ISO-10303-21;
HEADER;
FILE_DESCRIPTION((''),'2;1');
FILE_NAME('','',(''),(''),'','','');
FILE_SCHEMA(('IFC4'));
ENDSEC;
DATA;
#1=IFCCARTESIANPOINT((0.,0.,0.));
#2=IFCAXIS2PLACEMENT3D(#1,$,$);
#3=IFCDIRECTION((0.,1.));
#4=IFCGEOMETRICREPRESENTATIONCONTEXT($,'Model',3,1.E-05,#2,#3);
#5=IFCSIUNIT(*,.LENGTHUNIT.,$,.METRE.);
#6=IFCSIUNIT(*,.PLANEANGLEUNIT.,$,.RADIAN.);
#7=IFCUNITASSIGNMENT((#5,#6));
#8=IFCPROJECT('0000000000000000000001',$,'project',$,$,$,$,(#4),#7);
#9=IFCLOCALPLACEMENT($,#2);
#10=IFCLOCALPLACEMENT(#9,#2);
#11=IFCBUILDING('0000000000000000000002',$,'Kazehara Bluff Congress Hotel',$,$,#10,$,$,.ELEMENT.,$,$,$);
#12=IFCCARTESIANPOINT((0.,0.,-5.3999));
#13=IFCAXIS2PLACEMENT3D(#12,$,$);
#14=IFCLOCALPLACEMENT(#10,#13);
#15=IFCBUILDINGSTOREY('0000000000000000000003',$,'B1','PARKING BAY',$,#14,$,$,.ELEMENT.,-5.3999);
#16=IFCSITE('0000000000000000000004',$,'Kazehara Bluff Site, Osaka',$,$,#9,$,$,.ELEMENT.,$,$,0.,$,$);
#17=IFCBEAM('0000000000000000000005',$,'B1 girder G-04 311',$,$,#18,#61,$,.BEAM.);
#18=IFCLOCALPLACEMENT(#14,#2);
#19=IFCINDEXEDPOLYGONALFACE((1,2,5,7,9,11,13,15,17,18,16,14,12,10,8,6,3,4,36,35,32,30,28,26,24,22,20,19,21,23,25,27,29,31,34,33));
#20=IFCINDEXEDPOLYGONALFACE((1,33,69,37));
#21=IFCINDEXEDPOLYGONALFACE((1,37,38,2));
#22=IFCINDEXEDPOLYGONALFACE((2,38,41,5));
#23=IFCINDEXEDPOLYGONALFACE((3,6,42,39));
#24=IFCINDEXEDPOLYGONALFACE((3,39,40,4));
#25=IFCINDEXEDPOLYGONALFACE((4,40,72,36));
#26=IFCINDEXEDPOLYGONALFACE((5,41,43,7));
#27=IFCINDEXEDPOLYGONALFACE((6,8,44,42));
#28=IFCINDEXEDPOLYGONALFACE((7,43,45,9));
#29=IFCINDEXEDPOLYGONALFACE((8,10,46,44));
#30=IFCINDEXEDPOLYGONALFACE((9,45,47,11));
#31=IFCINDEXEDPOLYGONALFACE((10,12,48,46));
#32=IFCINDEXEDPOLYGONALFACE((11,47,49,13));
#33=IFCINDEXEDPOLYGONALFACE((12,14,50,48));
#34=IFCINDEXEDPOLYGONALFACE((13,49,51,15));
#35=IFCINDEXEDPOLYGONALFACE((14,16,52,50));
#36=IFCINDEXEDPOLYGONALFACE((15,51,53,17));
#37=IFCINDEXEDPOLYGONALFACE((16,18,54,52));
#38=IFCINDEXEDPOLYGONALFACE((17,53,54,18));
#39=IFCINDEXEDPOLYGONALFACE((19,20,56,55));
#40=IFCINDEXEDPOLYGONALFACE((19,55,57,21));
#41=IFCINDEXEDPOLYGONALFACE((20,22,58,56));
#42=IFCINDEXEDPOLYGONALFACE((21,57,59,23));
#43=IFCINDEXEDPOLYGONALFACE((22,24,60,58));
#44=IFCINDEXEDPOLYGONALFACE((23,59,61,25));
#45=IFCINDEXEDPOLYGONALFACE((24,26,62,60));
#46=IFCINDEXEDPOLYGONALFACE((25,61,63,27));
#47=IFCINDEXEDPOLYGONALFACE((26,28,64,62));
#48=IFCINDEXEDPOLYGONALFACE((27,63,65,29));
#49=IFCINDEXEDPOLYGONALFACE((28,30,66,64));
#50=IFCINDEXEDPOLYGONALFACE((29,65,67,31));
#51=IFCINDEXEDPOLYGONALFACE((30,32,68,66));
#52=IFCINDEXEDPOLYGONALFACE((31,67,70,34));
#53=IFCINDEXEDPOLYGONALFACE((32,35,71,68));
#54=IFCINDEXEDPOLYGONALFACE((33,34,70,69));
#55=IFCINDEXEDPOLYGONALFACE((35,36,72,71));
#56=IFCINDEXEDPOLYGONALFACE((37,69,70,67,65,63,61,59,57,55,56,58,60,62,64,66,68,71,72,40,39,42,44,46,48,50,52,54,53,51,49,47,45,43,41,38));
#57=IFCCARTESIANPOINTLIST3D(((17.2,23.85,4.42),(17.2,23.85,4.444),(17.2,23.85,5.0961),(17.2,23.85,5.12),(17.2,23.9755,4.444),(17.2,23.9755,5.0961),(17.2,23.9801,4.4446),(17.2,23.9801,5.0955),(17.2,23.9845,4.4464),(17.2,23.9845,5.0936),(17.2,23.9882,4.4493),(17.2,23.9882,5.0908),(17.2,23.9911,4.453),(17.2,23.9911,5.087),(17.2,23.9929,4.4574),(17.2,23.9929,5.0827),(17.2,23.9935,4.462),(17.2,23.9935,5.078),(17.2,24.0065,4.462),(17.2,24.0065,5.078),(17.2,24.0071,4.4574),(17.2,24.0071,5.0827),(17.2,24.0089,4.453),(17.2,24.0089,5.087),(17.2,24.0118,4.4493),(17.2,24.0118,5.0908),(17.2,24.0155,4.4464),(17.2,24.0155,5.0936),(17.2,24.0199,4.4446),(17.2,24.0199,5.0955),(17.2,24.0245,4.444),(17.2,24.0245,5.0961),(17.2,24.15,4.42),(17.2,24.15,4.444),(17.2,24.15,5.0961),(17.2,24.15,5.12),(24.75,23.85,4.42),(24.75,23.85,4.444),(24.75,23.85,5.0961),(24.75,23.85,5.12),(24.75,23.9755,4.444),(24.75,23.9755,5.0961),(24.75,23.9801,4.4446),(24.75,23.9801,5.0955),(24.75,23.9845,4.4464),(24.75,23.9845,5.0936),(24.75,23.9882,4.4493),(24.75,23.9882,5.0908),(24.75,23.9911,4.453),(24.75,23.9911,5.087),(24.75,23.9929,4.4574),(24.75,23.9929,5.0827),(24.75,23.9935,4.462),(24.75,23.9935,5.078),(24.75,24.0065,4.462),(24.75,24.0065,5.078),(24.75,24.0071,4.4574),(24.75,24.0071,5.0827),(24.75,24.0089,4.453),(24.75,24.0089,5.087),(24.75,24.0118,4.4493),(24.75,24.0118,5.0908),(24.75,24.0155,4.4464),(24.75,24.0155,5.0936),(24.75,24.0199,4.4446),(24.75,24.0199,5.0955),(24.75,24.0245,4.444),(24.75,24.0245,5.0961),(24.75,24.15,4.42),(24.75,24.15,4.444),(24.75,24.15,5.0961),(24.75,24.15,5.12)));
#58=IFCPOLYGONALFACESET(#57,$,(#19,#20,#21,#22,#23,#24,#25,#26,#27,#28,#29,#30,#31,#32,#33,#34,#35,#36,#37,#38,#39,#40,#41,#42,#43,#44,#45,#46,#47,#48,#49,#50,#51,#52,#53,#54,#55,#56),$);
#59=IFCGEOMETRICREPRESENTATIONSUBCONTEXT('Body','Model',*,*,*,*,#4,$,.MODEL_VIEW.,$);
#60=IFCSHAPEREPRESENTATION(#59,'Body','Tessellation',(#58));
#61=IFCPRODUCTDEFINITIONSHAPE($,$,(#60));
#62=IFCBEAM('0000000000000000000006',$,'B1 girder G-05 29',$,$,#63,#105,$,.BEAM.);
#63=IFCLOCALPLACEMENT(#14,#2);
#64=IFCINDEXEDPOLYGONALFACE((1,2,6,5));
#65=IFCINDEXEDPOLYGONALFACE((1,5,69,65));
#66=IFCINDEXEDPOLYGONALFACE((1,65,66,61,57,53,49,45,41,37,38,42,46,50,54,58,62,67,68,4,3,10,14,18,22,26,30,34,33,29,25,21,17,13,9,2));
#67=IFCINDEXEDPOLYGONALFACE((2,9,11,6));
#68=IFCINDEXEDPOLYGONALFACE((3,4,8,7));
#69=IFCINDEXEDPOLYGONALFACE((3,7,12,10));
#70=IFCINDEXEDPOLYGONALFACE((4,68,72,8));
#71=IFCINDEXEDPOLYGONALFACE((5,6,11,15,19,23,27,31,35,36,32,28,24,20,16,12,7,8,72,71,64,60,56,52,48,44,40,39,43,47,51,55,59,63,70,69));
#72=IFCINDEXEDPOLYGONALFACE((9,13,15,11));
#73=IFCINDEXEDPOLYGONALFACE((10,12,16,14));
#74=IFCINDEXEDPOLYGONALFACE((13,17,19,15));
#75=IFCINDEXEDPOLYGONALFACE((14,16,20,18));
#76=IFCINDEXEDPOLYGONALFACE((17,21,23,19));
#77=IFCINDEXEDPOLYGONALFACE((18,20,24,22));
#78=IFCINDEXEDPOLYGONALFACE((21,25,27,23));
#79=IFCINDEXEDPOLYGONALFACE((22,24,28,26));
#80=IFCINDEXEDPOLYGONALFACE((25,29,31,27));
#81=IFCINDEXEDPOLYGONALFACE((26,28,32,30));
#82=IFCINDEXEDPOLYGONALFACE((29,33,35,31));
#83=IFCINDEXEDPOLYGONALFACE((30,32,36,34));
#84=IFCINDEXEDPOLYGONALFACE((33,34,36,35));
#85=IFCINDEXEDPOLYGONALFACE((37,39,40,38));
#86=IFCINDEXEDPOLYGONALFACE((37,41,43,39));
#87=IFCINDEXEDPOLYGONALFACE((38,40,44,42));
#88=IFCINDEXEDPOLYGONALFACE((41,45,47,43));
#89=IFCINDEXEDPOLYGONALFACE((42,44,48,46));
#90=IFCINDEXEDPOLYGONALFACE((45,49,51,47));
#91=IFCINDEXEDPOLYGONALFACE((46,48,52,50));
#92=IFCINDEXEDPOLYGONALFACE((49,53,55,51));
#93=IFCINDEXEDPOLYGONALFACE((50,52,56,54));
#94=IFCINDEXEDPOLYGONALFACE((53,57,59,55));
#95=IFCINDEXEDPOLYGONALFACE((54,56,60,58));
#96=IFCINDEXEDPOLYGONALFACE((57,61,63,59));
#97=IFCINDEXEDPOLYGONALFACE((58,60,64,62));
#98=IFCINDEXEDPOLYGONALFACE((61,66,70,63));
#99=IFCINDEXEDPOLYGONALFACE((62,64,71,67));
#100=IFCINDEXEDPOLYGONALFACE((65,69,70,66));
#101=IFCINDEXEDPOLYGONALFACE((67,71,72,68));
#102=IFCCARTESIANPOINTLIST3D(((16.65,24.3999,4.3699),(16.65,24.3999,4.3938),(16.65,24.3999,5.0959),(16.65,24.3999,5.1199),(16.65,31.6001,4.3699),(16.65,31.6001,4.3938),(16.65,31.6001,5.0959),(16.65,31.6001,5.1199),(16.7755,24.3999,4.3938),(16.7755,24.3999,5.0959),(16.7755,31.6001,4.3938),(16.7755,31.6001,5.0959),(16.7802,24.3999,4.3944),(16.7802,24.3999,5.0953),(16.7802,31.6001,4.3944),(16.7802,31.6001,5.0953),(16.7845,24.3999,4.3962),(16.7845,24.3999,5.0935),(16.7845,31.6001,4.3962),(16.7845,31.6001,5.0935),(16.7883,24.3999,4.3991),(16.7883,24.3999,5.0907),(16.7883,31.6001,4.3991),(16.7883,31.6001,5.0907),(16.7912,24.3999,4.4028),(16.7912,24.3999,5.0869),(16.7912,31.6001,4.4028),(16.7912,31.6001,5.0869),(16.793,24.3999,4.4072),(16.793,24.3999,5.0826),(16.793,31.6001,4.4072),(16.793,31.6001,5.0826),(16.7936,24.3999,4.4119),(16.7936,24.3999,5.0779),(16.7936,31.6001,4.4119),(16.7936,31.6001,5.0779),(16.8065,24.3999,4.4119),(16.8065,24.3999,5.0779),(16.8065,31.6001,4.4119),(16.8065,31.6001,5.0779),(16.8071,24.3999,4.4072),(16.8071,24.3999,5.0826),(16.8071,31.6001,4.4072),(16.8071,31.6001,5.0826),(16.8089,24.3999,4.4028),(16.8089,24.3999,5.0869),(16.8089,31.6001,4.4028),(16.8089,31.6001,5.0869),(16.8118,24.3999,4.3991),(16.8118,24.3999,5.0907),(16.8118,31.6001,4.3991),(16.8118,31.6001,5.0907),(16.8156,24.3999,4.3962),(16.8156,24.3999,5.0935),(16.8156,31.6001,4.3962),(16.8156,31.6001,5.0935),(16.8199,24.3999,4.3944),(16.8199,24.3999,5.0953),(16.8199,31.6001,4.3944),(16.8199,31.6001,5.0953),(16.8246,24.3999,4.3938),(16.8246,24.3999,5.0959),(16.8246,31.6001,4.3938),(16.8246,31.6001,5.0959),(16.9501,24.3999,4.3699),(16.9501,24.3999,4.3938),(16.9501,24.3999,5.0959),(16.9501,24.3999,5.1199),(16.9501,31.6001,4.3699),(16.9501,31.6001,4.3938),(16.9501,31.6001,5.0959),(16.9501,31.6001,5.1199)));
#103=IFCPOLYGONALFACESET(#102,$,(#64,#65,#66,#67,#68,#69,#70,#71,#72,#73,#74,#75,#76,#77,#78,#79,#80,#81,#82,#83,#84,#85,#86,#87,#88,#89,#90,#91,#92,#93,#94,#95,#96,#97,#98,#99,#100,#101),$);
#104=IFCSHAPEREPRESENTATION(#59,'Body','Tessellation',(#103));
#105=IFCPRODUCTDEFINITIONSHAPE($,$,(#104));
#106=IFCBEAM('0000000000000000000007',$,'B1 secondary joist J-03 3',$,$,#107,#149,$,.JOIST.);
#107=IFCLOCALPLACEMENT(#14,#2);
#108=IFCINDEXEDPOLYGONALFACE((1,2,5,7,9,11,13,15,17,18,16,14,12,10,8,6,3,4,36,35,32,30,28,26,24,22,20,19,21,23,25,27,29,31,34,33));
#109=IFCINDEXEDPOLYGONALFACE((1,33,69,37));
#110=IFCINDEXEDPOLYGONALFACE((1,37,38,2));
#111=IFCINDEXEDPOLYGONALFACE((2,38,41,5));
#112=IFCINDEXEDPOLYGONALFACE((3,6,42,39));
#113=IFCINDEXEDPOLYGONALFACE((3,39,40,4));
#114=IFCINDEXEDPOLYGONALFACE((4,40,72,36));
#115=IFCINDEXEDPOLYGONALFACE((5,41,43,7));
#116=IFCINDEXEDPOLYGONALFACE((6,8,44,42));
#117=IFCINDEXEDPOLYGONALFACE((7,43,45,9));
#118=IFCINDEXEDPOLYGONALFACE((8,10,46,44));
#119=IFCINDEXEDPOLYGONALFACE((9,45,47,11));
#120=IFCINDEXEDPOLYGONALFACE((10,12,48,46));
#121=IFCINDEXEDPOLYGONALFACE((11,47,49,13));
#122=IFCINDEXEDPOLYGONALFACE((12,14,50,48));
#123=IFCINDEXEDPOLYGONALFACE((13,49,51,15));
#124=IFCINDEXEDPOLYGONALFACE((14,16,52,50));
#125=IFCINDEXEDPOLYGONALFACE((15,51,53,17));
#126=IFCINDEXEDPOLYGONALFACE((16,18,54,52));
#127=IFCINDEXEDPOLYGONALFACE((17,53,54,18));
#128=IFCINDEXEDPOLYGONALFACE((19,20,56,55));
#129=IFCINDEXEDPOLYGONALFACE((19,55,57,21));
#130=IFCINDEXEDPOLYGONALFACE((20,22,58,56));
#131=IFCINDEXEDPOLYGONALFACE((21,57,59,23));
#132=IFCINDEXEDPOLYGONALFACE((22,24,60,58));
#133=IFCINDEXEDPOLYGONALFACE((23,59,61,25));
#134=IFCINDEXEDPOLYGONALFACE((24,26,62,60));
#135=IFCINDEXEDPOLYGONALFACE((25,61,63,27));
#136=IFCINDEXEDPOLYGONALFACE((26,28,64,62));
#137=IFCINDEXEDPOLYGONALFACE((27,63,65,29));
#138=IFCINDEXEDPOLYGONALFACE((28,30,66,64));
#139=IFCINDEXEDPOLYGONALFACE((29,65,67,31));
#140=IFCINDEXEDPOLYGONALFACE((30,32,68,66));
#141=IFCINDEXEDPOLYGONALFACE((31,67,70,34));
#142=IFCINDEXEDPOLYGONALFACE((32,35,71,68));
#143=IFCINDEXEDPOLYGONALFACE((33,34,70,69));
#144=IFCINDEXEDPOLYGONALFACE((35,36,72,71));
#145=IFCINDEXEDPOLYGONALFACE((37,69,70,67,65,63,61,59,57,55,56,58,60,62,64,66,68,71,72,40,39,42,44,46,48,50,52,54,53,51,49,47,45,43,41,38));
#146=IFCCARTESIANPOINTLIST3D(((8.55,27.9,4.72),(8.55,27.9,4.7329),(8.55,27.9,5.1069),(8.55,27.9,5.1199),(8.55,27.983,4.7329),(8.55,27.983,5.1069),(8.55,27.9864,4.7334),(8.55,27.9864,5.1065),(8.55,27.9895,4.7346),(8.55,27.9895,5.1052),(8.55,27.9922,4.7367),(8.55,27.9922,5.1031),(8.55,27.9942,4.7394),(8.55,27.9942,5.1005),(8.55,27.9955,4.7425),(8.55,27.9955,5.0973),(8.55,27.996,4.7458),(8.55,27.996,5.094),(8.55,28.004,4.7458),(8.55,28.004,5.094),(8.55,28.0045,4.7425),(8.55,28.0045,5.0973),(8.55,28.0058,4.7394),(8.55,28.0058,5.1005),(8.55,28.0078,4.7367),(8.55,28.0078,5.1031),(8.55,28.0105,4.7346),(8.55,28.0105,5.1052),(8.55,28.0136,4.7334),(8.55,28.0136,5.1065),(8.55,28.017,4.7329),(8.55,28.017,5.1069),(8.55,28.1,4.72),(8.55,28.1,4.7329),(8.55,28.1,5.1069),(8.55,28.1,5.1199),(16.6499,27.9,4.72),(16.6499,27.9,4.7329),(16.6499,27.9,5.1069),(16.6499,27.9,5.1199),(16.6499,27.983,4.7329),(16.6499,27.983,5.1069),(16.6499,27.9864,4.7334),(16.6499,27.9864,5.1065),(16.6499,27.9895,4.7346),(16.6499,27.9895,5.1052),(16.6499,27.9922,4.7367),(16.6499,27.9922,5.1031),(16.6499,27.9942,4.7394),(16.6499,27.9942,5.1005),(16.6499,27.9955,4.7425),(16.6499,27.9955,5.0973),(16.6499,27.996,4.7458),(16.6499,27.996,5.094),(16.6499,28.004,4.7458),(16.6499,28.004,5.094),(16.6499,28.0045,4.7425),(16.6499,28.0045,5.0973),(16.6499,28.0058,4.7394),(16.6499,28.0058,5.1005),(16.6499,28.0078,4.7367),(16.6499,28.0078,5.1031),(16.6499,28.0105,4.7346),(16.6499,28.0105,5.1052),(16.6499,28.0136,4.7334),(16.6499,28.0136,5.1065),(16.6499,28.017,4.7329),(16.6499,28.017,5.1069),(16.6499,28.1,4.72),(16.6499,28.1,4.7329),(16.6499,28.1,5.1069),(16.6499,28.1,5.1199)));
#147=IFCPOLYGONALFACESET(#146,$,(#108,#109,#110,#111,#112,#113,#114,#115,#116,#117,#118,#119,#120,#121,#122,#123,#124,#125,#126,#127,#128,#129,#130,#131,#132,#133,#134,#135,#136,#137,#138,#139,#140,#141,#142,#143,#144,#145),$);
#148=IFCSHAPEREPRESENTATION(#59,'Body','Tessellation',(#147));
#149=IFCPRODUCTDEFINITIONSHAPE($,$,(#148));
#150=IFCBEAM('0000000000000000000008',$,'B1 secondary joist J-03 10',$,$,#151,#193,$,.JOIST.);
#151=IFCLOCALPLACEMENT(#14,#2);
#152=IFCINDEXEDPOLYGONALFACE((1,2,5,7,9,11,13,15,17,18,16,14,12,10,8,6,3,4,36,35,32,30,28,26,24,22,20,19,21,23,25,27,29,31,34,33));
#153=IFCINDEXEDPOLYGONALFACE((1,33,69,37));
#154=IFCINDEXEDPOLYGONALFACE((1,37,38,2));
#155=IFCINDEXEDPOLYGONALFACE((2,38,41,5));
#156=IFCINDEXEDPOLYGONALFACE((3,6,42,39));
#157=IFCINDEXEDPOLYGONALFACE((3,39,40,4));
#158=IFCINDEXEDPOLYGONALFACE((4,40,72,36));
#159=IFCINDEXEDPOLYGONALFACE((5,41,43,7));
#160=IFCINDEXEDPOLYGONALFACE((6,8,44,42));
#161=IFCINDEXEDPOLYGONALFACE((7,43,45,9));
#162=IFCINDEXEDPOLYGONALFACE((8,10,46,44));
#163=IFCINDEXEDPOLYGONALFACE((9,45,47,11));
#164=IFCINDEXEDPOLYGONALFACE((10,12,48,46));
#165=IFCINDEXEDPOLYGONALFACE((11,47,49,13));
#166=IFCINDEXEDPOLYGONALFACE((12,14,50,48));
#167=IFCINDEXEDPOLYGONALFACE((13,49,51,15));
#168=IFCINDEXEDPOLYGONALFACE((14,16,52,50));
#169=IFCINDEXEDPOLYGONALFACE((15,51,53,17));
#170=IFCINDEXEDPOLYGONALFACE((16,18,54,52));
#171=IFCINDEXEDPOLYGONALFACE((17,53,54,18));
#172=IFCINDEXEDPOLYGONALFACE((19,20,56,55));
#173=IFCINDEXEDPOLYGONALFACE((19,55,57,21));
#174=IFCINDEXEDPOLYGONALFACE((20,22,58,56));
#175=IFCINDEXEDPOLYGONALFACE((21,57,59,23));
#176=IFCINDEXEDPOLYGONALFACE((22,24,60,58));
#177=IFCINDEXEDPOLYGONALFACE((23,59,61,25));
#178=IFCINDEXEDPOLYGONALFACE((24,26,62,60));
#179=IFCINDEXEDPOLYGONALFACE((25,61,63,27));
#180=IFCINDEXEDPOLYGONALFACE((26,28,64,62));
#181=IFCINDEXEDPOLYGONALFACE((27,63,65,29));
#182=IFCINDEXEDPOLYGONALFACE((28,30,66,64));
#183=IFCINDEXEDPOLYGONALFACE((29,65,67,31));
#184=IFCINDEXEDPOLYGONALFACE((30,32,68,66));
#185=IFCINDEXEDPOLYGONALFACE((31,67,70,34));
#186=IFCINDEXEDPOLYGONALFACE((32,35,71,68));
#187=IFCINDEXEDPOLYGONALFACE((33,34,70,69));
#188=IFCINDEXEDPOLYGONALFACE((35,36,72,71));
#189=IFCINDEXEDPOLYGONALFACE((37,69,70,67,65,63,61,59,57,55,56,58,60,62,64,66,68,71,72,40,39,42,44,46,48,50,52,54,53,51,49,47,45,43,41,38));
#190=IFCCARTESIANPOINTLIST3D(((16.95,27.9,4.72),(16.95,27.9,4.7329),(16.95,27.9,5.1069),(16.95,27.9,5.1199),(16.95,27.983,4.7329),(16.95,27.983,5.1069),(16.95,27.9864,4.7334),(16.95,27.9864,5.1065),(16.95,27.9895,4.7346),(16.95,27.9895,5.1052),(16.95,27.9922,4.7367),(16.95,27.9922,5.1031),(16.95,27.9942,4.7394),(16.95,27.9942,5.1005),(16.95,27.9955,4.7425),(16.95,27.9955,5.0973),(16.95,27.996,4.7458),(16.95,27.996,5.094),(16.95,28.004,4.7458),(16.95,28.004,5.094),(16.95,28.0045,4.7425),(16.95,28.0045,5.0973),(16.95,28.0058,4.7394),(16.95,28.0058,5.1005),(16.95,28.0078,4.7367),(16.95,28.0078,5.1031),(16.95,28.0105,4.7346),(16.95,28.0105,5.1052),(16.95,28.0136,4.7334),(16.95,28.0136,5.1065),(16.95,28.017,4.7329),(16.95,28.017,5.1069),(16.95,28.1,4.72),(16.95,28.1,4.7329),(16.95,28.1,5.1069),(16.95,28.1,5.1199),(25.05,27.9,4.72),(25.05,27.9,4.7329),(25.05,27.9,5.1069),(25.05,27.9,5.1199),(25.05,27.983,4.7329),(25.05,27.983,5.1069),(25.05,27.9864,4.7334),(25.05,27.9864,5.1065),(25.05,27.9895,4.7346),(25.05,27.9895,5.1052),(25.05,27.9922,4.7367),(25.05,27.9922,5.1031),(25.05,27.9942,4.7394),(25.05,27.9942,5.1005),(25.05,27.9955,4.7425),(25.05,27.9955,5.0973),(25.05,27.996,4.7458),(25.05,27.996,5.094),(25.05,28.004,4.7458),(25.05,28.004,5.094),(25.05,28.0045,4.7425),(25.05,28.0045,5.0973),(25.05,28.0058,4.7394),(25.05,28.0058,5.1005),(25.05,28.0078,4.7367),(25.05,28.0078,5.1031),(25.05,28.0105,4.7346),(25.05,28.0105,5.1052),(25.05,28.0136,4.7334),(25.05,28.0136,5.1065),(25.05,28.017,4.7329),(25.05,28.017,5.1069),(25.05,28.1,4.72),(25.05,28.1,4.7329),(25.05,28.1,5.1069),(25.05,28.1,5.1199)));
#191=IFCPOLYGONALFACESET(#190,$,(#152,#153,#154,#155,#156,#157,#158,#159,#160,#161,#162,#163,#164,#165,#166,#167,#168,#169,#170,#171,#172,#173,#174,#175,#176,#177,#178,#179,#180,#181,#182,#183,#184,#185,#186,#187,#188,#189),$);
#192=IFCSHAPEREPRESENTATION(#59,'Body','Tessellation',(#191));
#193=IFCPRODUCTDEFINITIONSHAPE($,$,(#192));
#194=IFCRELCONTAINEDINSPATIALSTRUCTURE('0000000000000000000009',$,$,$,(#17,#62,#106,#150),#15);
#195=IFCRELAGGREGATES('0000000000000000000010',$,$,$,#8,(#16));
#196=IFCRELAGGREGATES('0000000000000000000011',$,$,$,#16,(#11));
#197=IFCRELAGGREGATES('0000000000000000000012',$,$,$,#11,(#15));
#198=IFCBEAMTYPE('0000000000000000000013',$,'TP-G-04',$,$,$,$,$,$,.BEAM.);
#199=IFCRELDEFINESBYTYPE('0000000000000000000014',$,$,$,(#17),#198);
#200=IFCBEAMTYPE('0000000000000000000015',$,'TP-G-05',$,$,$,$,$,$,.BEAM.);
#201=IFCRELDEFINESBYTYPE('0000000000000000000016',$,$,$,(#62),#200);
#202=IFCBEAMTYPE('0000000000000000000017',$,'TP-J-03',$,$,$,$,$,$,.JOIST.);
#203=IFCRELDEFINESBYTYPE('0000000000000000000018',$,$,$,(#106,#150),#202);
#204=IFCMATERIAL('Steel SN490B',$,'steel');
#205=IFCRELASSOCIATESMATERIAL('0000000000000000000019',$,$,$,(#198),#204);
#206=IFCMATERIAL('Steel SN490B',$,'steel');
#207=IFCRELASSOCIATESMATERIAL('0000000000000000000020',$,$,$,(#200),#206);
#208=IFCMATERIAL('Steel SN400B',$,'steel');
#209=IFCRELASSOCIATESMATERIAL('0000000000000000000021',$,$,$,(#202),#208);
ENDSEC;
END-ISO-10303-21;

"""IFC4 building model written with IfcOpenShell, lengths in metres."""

from ifc_helpers import new_model, si_unit, direction, frame, origin, origin_2d, place, context, subcontext, project, spatial, i_section, extrude, material, material_profile, profile_set, type_object, element, save


model = new_model("IFC4")

# Units and contexts
model_context = context("Model", 3, precision=1e-05, world=origin(), true_north=direction((0.0, 1.0)))
body_context = subcontext(model_context, "Body", "Model", "MODEL_VIEW")
ifc_project = project(units=[si_unit("LENGTHUNIT", "METRE"), si_unit("PLANEANGLEUNIT", "RADIAN")], contexts=[model_context])

# Site, building, storey
site_placement = place(None, origin())
site = spatial("IfcSite", under=ifc_project, at=site_placement, Name="Kazehara Bluff Site, Osaka", CompositionType="ELEMENT", RefElevation=0.0)
building_placement = place(site_placement, origin())
building = spatial("IfcBuilding", under=site, at=building_placement, Name="Kazehara Bluff Congress Hotel", CompositionType="ELEMENT")
storey_placement = place(building_placement, frame((0.0, 0.0, -5.3999)))
storey = spatial("IfcBuildingStorey", under=building, at=storey_placement, Name="B1", Description="PARKING BAY", CompositionType="ELEMENT", Elevation=-5.3999)

# Beams
ifc_material_1 = material(Name="Steel SN490B", Category="steel")
ifc_material_profile_1 = material_profile(ifc_material_1, i_section(OverallWidth=0.3, OverallDepth=0.7, WebThickness=0.0129, FlangeThickness=0.0239, FilletRadius=0.0181, at=origin_2d()))
ifc_profile_set_1 = profile_set([ifc_material_profile_1], Name="Steel SN490B")
beam_type_1 = type_object("IfcBeamType", Name="TP-G-04", PredefinedType="BEAM", material=ifc_profile_set_1)
beam_1_placement = place(storey_placement, frame((17.2, 24.0, 4.77), z_axis=(1.0, 0.0, 0.0), x_axis=(0.0, 1.0, 0.0)))
element("IfcBeam", 1, at=beam_1_placement, inside=storey, type_object=beam_type_1, Name="B1 girder G-04 311", PredefinedType="BEAM", context=body_context, shape_type="SweptSolid", body=[
    extrude(i_section(OverallWidth=0.3, OverallDepth=0.7, WebThickness=0.0129, FlangeThickness=0.0239, FilletRadius=0.0181, at=origin_2d()), origin(), (0.0, 0.0, 1.0), 7.55),
])
ifc_material_2 = material(Name="Steel SN490B", Category="steel")
ifc_material_profile_2 = material_profile(ifc_material_2, i_section(OverallWidth=0.3, OverallDepth=0.75, WebThickness=0.0129, FlangeThickness=0.0239, FilletRadius=0.0181, at=origin_2d()))
ifc_profile_set_2 = profile_set([ifc_material_profile_2], Name="Steel SN490B")
beam_type_2 = type_object("IfcBeamType", Name="TP-G-05", PredefinedType="BEAM", material=ifc_profile_set_2)
beam_2_placement = place(storey_placement, frame((16.8, 24.3999, 4.7449), z_axis=(0.0, 1.0, 0.0), x_axis=(-1.0, 0.0, 0.0)))
element("IfcBeam", 2, at=beam_2_placement, inside=storey, type_object=beam_type_2, Name="B1 girder G-05 29", PredefinedType="BEAM", context=body_context, shape_type="SweptSolid", body=[
    extrude(i_section(OverallWidth=0.3, OverallDepth=0.75, WebThickness=0.0129, FlangeThickness=0.0239, FilletRadius=0.0181, at=origin_2d()), origin(), (0.0, 0.0, 1.0), 7.2002),
])
ifc_material_3 = material(Name="Steel SN400B", Category="steel")
ifc_material_profile_3 = material_profile(ifc_material_3, i_section(OverallWidth=0.2, OverallDepth=0.3999, WebThickness=0.0081, FlangeThickness=0.0129, FilletRadius=0.0129, at=origin_2d()))
ifc_profile_set_3 = profile_set([ifc_material_profile_3], Name="Steel SN400B")
beam_type_3 = type_object("IfcBeamType", Name="TP-J-03", PredefinedType="JOIST", material=ifc_profile_set_3)
beam_3_placement = place(storey_placement, frame((8.55, 28.0, 4.9199), z_axis=(1.0, 0.0, 0.0), x_axis=(0.0, 1.0, 0.0)))
element("IfcBeam", 3, at=beam_3_placement, inside=storey, type_object=beam_type_3, Name="B1 secondary joist J-03 3", PredefinedType="JOIST", context=body_context, shape_type="SweptSolid", body=[
    extrude(i_section(OverallWidth=0.2, OverallDepth=0.3999, WebThickness=0.0081, FlangeThickness=0.0129, FilletRadius=0.0129, at=origin_2d()), origin(), (0.0, 0.0, 1.0), 8.0999),
])
beam_4_placement = place(storey_placement, frame((16.95, 28.0, 4.9199), z_axis=(1.0, 0.0, 0.0), x_axis=(0.0, 1.0, 0.0)))
element("IfcBeam", 4, at=beam_4_placement, inside=storey, type_object=beam_type_3, Name="B1 secondary joist J-03 10", PredefinedType="JOIST", context=body_context, shape_type="SweptSolid", body=[
    extrude(i_section(OverallWidth=0.2, OverallDepth=0.3999, WebThickness=0.0081, FlangeThickness=0.0129, FilletRadius=0.0129, at=origin_2d()), origin(), (0.0, 0.0, 1.0), 8.1001),
])

save(model, "model.ifc")
